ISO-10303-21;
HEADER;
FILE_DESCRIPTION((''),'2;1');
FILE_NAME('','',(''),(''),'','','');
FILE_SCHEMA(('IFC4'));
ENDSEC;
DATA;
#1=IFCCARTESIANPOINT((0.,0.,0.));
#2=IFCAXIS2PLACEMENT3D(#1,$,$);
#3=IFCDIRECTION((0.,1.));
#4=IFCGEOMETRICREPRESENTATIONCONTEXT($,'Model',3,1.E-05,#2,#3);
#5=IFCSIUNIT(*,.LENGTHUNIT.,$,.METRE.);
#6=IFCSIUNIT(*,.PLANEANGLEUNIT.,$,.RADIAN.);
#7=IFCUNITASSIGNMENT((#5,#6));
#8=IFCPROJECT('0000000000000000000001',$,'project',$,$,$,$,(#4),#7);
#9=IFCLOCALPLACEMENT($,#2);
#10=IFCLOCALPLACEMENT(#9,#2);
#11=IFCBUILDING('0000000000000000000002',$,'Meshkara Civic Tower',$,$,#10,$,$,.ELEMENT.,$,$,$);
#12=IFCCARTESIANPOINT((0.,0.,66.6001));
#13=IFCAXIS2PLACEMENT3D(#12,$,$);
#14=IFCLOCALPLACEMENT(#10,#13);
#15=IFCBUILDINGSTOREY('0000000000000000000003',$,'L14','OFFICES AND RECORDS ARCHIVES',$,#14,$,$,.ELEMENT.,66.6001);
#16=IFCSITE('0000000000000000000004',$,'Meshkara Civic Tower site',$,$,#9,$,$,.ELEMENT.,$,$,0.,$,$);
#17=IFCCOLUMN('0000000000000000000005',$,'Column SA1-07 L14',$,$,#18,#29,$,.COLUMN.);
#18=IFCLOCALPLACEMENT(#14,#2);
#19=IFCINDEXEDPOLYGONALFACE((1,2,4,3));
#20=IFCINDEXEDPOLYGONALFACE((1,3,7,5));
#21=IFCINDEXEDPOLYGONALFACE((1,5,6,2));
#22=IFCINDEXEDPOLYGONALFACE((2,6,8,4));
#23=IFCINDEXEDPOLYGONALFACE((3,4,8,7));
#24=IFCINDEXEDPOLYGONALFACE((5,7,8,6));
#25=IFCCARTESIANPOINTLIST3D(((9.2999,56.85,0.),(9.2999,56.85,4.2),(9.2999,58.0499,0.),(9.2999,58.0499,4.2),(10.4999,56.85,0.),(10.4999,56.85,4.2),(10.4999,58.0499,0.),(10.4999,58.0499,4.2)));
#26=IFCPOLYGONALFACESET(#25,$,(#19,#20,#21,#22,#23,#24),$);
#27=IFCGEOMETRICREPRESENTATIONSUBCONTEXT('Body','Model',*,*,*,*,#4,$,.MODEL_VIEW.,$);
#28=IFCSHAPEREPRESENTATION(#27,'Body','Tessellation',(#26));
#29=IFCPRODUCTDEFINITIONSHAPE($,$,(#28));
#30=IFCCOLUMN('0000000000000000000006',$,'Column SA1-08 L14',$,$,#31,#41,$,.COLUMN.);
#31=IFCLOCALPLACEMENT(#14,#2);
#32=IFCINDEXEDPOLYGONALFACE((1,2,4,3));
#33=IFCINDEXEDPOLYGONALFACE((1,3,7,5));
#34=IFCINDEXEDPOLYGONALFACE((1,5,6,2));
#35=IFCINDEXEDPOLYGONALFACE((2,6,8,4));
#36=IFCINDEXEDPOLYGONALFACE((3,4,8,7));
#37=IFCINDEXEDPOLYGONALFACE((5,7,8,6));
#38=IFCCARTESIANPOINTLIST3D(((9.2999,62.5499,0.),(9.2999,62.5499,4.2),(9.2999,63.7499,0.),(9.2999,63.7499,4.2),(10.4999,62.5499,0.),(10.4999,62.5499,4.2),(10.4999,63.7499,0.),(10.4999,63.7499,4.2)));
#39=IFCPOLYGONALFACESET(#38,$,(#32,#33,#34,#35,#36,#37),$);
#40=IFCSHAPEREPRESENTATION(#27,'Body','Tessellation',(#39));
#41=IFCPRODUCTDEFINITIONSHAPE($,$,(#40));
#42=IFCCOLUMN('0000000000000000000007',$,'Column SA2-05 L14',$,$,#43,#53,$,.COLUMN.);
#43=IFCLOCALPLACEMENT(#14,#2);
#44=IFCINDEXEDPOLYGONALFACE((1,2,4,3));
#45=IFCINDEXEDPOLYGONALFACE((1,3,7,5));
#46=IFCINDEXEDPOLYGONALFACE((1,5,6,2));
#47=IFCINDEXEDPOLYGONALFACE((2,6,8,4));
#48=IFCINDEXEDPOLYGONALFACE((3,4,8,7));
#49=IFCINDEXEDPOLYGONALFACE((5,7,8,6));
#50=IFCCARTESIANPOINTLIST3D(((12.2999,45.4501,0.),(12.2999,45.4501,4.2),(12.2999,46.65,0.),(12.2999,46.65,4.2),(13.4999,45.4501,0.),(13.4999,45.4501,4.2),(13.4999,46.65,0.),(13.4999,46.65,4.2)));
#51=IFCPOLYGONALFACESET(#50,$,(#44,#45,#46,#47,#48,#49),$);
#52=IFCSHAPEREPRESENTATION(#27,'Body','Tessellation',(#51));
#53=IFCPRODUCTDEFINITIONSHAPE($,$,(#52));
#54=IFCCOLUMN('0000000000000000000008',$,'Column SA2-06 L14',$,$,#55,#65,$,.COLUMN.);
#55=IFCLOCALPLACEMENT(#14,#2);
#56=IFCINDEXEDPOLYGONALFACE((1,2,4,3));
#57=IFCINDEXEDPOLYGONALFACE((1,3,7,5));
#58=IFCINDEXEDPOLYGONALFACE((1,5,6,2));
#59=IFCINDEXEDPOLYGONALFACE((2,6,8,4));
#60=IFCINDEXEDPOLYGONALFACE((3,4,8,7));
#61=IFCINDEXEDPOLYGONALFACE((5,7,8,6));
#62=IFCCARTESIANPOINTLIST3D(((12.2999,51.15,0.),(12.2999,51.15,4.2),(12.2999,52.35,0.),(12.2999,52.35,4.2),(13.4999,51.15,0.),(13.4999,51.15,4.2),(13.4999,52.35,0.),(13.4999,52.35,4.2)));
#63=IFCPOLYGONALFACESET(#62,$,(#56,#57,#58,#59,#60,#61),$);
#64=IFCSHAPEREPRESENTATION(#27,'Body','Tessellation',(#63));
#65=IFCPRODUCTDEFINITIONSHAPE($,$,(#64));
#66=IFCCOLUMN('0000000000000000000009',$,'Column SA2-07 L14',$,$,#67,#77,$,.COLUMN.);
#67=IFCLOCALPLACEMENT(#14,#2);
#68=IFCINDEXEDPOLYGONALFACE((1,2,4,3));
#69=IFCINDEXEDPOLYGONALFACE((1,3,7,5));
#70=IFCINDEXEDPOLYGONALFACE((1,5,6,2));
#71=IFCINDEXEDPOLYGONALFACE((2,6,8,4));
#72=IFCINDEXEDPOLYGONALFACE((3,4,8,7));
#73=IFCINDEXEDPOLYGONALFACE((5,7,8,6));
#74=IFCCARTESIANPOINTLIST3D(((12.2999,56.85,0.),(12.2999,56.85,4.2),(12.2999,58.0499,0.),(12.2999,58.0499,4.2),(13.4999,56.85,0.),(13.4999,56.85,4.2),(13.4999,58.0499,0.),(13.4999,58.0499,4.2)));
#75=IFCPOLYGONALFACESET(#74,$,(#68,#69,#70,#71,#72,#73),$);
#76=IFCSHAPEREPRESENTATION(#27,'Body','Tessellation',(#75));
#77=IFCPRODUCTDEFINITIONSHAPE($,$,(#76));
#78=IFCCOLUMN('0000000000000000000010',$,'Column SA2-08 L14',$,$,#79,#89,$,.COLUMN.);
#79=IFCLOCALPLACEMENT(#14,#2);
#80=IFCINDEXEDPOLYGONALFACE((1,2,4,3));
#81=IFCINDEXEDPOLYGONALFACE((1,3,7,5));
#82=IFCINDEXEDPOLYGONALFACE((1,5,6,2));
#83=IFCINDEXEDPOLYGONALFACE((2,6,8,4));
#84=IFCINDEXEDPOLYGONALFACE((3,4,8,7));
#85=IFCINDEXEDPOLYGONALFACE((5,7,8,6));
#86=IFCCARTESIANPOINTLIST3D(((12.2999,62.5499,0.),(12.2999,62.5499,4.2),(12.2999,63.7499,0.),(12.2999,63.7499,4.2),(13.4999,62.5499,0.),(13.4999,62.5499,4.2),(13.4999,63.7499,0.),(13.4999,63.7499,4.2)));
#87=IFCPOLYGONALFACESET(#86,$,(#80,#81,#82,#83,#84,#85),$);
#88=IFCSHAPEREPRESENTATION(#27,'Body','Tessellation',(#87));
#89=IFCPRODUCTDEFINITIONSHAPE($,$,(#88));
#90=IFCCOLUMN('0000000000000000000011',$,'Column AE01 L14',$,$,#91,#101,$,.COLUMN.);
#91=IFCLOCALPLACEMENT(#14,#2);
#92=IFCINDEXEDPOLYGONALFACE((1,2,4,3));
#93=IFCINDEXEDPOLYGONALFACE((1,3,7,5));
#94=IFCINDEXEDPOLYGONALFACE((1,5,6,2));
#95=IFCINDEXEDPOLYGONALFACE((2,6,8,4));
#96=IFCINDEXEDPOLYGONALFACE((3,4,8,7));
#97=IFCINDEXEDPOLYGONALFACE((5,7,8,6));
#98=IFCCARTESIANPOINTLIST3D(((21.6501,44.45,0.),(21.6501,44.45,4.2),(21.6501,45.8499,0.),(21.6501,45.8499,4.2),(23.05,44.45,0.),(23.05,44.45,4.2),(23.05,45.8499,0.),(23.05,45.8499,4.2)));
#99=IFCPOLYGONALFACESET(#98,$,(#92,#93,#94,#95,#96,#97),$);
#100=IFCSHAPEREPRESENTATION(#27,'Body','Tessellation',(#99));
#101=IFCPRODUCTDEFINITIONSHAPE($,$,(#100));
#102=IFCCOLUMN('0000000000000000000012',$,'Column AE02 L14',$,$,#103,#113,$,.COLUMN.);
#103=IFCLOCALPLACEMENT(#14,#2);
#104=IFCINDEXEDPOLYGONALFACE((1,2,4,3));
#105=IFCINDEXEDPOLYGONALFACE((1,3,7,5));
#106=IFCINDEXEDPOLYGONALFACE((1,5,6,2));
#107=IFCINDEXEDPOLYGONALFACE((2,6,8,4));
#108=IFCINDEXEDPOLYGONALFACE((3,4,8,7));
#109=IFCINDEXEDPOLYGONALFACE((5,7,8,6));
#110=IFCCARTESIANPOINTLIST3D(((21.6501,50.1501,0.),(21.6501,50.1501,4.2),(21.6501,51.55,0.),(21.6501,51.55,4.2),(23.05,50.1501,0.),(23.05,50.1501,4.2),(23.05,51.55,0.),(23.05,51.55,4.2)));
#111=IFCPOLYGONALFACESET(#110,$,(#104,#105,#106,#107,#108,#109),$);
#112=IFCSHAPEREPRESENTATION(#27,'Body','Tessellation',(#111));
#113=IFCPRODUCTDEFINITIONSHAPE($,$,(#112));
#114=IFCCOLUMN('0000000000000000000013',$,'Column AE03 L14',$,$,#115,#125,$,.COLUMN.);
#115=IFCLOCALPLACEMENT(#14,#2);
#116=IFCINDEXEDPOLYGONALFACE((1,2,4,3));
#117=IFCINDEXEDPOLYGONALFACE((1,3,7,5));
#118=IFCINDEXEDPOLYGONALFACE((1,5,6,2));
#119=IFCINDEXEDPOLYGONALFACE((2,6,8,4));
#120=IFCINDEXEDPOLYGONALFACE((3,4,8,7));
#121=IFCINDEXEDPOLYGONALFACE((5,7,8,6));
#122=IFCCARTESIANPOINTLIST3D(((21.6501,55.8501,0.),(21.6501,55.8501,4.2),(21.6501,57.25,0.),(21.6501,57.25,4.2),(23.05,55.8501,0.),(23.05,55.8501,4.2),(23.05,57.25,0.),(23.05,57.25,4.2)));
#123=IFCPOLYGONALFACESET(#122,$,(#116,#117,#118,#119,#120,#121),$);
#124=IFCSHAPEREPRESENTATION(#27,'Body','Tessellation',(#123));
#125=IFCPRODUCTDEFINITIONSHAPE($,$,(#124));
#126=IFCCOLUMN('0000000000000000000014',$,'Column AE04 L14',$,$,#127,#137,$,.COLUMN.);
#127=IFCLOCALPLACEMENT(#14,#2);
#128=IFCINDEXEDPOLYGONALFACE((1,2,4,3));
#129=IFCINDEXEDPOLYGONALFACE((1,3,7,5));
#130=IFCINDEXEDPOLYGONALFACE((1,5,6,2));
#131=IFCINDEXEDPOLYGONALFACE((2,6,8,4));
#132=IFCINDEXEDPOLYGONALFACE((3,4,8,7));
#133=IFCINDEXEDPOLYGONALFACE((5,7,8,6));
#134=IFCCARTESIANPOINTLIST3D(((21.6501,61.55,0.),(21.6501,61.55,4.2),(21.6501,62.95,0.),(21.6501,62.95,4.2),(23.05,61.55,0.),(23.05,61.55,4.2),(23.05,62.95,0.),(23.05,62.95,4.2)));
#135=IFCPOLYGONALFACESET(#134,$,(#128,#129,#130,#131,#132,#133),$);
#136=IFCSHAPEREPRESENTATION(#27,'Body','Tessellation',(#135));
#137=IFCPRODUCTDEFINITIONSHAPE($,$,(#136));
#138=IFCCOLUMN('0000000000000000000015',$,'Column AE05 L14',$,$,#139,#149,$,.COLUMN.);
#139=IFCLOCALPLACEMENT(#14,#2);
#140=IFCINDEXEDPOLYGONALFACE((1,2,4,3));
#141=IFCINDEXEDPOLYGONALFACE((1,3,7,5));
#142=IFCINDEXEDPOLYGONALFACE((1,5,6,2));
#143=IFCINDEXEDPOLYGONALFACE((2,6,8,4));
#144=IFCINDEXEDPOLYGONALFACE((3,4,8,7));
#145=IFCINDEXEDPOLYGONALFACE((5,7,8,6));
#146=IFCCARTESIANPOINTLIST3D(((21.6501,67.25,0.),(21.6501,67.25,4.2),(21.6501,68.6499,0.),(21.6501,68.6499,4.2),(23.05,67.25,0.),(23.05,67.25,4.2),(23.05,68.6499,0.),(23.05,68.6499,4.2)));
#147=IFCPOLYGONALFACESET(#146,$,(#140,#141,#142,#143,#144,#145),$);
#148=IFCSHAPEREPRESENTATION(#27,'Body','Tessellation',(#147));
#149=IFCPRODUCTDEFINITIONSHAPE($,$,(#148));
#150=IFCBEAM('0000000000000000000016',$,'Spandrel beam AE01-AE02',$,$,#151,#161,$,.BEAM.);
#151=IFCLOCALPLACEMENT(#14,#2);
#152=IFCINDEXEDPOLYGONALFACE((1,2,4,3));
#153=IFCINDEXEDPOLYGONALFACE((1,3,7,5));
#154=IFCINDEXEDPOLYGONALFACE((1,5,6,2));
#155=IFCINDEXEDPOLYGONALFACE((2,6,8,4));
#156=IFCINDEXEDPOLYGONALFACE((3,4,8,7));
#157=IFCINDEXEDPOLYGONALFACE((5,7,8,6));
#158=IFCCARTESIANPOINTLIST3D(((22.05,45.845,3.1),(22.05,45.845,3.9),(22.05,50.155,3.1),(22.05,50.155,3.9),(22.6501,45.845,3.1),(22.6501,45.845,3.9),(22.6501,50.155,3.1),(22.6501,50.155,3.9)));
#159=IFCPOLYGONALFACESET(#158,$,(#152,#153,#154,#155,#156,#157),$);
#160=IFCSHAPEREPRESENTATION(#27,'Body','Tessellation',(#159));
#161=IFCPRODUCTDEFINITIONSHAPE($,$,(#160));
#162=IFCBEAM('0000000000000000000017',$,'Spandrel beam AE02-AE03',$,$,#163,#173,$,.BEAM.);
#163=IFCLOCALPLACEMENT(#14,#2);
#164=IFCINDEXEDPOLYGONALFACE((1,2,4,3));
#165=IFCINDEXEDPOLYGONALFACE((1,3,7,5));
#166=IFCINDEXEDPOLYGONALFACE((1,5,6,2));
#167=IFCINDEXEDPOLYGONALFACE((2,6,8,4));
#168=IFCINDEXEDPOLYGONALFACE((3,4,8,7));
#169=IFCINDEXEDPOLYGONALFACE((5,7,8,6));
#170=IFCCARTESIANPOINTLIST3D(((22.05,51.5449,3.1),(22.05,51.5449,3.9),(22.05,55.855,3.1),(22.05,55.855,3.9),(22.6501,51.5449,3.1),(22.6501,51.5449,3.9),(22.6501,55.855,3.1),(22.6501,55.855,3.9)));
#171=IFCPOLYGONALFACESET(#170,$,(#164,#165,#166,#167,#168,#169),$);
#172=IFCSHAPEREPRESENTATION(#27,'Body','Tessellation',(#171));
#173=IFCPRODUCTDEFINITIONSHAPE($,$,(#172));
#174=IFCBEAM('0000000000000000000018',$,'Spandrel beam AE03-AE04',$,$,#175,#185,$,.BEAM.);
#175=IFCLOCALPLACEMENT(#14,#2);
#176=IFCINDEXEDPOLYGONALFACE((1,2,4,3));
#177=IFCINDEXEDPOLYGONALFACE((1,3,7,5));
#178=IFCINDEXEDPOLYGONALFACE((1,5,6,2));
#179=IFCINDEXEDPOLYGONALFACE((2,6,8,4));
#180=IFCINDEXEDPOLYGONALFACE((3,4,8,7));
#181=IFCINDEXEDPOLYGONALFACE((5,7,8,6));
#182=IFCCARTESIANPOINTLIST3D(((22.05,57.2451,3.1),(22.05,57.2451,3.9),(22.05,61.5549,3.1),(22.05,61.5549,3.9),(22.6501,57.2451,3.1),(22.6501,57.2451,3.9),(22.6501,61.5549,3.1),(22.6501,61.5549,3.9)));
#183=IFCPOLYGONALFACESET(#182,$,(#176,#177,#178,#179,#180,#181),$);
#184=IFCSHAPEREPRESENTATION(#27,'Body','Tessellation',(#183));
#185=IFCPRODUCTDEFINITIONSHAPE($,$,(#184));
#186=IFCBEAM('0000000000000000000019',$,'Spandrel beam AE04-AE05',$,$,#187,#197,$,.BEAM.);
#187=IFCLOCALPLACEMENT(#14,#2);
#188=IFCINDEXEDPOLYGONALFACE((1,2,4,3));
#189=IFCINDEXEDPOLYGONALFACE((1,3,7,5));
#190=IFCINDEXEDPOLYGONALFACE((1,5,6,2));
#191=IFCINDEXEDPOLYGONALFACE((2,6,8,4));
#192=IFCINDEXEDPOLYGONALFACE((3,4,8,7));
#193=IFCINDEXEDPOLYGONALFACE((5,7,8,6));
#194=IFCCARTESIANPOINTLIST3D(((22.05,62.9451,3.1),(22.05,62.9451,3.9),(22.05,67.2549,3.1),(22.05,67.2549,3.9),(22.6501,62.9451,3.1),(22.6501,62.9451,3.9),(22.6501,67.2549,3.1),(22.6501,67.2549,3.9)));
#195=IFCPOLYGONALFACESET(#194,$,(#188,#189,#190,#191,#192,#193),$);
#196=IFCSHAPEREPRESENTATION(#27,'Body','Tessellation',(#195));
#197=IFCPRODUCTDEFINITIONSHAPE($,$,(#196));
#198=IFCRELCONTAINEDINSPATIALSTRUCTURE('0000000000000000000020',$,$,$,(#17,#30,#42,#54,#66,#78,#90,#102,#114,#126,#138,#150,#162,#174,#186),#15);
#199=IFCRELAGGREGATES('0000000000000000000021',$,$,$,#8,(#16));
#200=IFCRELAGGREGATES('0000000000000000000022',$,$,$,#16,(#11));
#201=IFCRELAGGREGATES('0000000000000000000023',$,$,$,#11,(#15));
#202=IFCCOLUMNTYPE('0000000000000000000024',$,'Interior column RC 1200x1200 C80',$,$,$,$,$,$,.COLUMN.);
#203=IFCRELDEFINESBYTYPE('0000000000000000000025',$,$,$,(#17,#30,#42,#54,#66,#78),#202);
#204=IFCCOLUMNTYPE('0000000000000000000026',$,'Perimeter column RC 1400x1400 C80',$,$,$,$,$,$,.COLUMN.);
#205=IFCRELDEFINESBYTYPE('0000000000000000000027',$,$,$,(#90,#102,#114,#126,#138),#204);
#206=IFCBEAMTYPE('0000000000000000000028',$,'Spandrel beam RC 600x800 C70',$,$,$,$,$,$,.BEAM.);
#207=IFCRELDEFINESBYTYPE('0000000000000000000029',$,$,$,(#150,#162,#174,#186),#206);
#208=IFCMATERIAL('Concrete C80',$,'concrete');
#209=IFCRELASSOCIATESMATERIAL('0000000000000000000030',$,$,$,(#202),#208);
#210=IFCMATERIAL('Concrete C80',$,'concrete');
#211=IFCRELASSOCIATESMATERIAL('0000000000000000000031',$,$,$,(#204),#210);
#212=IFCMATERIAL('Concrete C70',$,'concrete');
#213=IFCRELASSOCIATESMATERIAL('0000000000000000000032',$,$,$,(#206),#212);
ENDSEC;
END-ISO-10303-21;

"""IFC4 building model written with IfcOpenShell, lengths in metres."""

from ifc_helpers import new_model, si_unit, direction, frame, origin, origin_2d, place, context, subcontext, project, spatial, rectangle, extrude, material, material_profile, profile_set, type_object, element, save


model = new_model("IFC4")

# Units and contexts
model_context = context("Model", 3, precision=1e-05, world=origin(), true_north=direction((0.0, 1.0)))
body_context = subcontext(model_context, "Body", "Model", "MODEL_VIEW")
ifc_project = project(units=[si_unit("LENGTHUNIT", "METRE"), si_unit("PLANEANGLEUNIT", "RADIAN")], contexts=[model_context])

# Site, building, storey
site_placement = place(None, origin())
site = spatial("IfcSite", under=ifc_project, at=site_placement, Name="Meshkara Civic Tower site", CompositionType="ELEMENT", RefElevation=0.0)
building_placement = place(site_placement, origin())
building = spatial("IfcBuilding", under=site, at=building_placement, Name="Meshkara Civic Tower", CompositionType="ELEMENT")
storey_placement = place(building_placement, frame((0.0, 0.0, 66.6001)))
storey = spatial("IfcBuildingStorey", under=building, at=storey_placement, Name="L14", Description="OFFICES AND RECORDS ARCHIVES", CompositionType="ELEMENT", Elevation=66.6001)

# Columns
ifc_material_1 = material(Name="Concrete C80", Category="concrete")
ifc_material_profile_1 = material_profile(ifc_material_1, rectangle(XDim=1.2, YDim=1.2, at=origin_2d()))
ifc_profile_set_1 = profile_set([ifc_material_profile_1], Name="Concrete C80")
column_type_1 = type_object("IfcColumnType", Name="Interior column RC 1200x1200 C80", PredefinedType="COLUMN", material=ifc_profile_set_1)
for number, where, z_axis, x_axis, name in (
    (1, (9.8999, 57.45, 0.0), (0.0, 0.0, 1.0), (1.0, 0.0, 0.0), "Column SA1-07 L14"),
    (2, (9.8999, 63.1499, 0.0), (0.0, 0.0, 1.0), (1.0, 0.0, 0.0), "Column SA1-08 L14"),
    (3, (12.8999, 46.05, 0.0), (0.0, 0.0, 1.0), (1.0, 0.0, 0.0), "Column SA2-05 L14"),
    (4, (12.8999, 51.75, 0.0), (0.0, 0.0, 1.0), (1.0, 0.0, 0.0), "Column SA2-06 L14"),
    (5, (12.8999, 57.45, 0.0), (0.0, 0.0, 1.0), (1.0, 0.0, 0.0), "Column SA2-07 L14"),
    (6, (12.8999, 63.1499, 0.0), (0.0, 0.0, 1.0), (1.0, 0.0, 0.0), "Column SA2-08 L14"),
):
    element("IfcColumn", number, at=place(storey_placement, frame(where, z_axis=z_axis, x_axis=x_axis)), inside=storey, type_object=column_type_1, Name=name, PredefinedType="COLUMN", context=body_context, shape_type="SweptSolid", body=[
        extrude(rectangle(XDim=1.2, YDim=1.2, at=origin_2d()), origin(), (0.0, 0.0, 1.0), 4.2),
    ])
ifc_material_2 = material(Name="Concrete C80", Category="concrete")
ifc_material_profile_2 = material_profile(ifc_material_2, rectangle(XDim=1.3999, YDim=1.3999, at=origin_2d()))
ifc_profile_set_2 = profile_set([ifc_material_profile_2], Name="Concrete C80")
column_type_2 = type_object("IfcColumnType", Name="Perimeter column RC 1400x1400 C80", PredefinedType="COLUMN", material=ifc_profile_set_2)
for number, where, z_axis, x_axis, name in (
    (7, (22.3501, 45.1499, 0.0), (0.0, 0.0, 1.0), (1.0, 0.0, 0.0), "Column AE01 L14"),
    (8, (22.3501, 50.8501, 0.0), (0.0, 0.0, 1.0), (1.0, 0.0, 0.0), "Column AE02 L14"),
    (9, (22.3501, 56.55, 0.0), (0.0, 0.0, 1.0), (1.0, 0.0, 0.0), "Column AE03 L14"),
    (10, (22.3501, 62.25, 0.0), (0.0, 0.0, 1.0), (1.0, 0.0, 0.0), "Column AE04 L14"),
    (11, (22.3501, 67.95, 0.0), (0.0, 0.0, 1.0), (1.0, 0.0, 0.0), "Column AE05 L14"),
):
    element("IfcColumn", number, at=place(storey_placement, frame(where, z_axis=z_axis, x_axis=x_axis)), inside=storey, type_object=column_type_2, Name=name, PredefinedType="COLUMN", context=body_context, shape_type="SweptSolid", body=[
        extrude(rectangle(XDim=1.3999, YDim=1.3999, at=origin_2d()), origin(), (0.0, 0.0, 1.0), 4.2),
    ])

# Beams
ifc_material_3 = material(Name="Concrete C70", Category="concrete")
ifc_material_profile_3 = material_profile(ifc_material_3, rectangle(XDim=0.6001, YDim=0.8, at=origin_2d()))
ifc_profile_set_3 = profile_set([ifc_material_profile_3], Name="Concrete C70")
beam_type = type_object("IfcBeamType", Name="Spandrel beam RC 600x800 C70", PredefinedType="BEAM", material=ifc_profile_set_3)
for number, where, z_axis, x_axis, name in (
    (12, (22.3501, 45.845, 3.5), (0.0, 1.0, 0.0), (-1.0, 0.0, 0.0), "Spandrel beam AE01-AE02"),
    (13, (22.3501, 51.5449, 3.5), (0.0, 1.0, 0.0), (-1.0, 0.0, 0.0), "Spandrel beam AE02-AE03"),
):
    element("IfcBeam", number, at=place(storey_placement, frame(where, z_axis=z_axis, x_axis=x_axis)), inside=storey, type_object=beam_type, Name=name, PredefinedType="BEAM", context=body_context, shape_type="SweptSolid", body=[
        extrude(rectangle(XDim=0.6001, YDim=0.8, at=origin_2d()), origin(), (0.0, 0.0, 1.0), 4.3101),
    ])
for number, where, z_axis, x_axis, name in (
    (14, (22.3501, 57.2451, 3.5), (0.0, 1.0, 0.0), (-1.0, 0.0, 0.0), "Spandrel beam AE03-AE04"),
    (15, (22.3501, 62.9451, 3.5), (0.0, 1.0, 0.0), (-1.0, 0.0, 0.0), "Spandrel beam AE04-AE05"),
):
    element("IfcBeam", number, at=place(storey_placement, frame(where, z_axis=z_axis, x_axis=x_axis)), inside=storey, type_object=beam_type, Name=name, PredefinedType="BEAM", context=body_context, shape_type="SweptSolid", body=[
        extrude(rectangle(XDim=0.6001, YDim=0.8, at=origin_2d()), origin(), (0.0, 0.0, 1.0), 4.3098),
    ])

save(model, "model.ifc")
